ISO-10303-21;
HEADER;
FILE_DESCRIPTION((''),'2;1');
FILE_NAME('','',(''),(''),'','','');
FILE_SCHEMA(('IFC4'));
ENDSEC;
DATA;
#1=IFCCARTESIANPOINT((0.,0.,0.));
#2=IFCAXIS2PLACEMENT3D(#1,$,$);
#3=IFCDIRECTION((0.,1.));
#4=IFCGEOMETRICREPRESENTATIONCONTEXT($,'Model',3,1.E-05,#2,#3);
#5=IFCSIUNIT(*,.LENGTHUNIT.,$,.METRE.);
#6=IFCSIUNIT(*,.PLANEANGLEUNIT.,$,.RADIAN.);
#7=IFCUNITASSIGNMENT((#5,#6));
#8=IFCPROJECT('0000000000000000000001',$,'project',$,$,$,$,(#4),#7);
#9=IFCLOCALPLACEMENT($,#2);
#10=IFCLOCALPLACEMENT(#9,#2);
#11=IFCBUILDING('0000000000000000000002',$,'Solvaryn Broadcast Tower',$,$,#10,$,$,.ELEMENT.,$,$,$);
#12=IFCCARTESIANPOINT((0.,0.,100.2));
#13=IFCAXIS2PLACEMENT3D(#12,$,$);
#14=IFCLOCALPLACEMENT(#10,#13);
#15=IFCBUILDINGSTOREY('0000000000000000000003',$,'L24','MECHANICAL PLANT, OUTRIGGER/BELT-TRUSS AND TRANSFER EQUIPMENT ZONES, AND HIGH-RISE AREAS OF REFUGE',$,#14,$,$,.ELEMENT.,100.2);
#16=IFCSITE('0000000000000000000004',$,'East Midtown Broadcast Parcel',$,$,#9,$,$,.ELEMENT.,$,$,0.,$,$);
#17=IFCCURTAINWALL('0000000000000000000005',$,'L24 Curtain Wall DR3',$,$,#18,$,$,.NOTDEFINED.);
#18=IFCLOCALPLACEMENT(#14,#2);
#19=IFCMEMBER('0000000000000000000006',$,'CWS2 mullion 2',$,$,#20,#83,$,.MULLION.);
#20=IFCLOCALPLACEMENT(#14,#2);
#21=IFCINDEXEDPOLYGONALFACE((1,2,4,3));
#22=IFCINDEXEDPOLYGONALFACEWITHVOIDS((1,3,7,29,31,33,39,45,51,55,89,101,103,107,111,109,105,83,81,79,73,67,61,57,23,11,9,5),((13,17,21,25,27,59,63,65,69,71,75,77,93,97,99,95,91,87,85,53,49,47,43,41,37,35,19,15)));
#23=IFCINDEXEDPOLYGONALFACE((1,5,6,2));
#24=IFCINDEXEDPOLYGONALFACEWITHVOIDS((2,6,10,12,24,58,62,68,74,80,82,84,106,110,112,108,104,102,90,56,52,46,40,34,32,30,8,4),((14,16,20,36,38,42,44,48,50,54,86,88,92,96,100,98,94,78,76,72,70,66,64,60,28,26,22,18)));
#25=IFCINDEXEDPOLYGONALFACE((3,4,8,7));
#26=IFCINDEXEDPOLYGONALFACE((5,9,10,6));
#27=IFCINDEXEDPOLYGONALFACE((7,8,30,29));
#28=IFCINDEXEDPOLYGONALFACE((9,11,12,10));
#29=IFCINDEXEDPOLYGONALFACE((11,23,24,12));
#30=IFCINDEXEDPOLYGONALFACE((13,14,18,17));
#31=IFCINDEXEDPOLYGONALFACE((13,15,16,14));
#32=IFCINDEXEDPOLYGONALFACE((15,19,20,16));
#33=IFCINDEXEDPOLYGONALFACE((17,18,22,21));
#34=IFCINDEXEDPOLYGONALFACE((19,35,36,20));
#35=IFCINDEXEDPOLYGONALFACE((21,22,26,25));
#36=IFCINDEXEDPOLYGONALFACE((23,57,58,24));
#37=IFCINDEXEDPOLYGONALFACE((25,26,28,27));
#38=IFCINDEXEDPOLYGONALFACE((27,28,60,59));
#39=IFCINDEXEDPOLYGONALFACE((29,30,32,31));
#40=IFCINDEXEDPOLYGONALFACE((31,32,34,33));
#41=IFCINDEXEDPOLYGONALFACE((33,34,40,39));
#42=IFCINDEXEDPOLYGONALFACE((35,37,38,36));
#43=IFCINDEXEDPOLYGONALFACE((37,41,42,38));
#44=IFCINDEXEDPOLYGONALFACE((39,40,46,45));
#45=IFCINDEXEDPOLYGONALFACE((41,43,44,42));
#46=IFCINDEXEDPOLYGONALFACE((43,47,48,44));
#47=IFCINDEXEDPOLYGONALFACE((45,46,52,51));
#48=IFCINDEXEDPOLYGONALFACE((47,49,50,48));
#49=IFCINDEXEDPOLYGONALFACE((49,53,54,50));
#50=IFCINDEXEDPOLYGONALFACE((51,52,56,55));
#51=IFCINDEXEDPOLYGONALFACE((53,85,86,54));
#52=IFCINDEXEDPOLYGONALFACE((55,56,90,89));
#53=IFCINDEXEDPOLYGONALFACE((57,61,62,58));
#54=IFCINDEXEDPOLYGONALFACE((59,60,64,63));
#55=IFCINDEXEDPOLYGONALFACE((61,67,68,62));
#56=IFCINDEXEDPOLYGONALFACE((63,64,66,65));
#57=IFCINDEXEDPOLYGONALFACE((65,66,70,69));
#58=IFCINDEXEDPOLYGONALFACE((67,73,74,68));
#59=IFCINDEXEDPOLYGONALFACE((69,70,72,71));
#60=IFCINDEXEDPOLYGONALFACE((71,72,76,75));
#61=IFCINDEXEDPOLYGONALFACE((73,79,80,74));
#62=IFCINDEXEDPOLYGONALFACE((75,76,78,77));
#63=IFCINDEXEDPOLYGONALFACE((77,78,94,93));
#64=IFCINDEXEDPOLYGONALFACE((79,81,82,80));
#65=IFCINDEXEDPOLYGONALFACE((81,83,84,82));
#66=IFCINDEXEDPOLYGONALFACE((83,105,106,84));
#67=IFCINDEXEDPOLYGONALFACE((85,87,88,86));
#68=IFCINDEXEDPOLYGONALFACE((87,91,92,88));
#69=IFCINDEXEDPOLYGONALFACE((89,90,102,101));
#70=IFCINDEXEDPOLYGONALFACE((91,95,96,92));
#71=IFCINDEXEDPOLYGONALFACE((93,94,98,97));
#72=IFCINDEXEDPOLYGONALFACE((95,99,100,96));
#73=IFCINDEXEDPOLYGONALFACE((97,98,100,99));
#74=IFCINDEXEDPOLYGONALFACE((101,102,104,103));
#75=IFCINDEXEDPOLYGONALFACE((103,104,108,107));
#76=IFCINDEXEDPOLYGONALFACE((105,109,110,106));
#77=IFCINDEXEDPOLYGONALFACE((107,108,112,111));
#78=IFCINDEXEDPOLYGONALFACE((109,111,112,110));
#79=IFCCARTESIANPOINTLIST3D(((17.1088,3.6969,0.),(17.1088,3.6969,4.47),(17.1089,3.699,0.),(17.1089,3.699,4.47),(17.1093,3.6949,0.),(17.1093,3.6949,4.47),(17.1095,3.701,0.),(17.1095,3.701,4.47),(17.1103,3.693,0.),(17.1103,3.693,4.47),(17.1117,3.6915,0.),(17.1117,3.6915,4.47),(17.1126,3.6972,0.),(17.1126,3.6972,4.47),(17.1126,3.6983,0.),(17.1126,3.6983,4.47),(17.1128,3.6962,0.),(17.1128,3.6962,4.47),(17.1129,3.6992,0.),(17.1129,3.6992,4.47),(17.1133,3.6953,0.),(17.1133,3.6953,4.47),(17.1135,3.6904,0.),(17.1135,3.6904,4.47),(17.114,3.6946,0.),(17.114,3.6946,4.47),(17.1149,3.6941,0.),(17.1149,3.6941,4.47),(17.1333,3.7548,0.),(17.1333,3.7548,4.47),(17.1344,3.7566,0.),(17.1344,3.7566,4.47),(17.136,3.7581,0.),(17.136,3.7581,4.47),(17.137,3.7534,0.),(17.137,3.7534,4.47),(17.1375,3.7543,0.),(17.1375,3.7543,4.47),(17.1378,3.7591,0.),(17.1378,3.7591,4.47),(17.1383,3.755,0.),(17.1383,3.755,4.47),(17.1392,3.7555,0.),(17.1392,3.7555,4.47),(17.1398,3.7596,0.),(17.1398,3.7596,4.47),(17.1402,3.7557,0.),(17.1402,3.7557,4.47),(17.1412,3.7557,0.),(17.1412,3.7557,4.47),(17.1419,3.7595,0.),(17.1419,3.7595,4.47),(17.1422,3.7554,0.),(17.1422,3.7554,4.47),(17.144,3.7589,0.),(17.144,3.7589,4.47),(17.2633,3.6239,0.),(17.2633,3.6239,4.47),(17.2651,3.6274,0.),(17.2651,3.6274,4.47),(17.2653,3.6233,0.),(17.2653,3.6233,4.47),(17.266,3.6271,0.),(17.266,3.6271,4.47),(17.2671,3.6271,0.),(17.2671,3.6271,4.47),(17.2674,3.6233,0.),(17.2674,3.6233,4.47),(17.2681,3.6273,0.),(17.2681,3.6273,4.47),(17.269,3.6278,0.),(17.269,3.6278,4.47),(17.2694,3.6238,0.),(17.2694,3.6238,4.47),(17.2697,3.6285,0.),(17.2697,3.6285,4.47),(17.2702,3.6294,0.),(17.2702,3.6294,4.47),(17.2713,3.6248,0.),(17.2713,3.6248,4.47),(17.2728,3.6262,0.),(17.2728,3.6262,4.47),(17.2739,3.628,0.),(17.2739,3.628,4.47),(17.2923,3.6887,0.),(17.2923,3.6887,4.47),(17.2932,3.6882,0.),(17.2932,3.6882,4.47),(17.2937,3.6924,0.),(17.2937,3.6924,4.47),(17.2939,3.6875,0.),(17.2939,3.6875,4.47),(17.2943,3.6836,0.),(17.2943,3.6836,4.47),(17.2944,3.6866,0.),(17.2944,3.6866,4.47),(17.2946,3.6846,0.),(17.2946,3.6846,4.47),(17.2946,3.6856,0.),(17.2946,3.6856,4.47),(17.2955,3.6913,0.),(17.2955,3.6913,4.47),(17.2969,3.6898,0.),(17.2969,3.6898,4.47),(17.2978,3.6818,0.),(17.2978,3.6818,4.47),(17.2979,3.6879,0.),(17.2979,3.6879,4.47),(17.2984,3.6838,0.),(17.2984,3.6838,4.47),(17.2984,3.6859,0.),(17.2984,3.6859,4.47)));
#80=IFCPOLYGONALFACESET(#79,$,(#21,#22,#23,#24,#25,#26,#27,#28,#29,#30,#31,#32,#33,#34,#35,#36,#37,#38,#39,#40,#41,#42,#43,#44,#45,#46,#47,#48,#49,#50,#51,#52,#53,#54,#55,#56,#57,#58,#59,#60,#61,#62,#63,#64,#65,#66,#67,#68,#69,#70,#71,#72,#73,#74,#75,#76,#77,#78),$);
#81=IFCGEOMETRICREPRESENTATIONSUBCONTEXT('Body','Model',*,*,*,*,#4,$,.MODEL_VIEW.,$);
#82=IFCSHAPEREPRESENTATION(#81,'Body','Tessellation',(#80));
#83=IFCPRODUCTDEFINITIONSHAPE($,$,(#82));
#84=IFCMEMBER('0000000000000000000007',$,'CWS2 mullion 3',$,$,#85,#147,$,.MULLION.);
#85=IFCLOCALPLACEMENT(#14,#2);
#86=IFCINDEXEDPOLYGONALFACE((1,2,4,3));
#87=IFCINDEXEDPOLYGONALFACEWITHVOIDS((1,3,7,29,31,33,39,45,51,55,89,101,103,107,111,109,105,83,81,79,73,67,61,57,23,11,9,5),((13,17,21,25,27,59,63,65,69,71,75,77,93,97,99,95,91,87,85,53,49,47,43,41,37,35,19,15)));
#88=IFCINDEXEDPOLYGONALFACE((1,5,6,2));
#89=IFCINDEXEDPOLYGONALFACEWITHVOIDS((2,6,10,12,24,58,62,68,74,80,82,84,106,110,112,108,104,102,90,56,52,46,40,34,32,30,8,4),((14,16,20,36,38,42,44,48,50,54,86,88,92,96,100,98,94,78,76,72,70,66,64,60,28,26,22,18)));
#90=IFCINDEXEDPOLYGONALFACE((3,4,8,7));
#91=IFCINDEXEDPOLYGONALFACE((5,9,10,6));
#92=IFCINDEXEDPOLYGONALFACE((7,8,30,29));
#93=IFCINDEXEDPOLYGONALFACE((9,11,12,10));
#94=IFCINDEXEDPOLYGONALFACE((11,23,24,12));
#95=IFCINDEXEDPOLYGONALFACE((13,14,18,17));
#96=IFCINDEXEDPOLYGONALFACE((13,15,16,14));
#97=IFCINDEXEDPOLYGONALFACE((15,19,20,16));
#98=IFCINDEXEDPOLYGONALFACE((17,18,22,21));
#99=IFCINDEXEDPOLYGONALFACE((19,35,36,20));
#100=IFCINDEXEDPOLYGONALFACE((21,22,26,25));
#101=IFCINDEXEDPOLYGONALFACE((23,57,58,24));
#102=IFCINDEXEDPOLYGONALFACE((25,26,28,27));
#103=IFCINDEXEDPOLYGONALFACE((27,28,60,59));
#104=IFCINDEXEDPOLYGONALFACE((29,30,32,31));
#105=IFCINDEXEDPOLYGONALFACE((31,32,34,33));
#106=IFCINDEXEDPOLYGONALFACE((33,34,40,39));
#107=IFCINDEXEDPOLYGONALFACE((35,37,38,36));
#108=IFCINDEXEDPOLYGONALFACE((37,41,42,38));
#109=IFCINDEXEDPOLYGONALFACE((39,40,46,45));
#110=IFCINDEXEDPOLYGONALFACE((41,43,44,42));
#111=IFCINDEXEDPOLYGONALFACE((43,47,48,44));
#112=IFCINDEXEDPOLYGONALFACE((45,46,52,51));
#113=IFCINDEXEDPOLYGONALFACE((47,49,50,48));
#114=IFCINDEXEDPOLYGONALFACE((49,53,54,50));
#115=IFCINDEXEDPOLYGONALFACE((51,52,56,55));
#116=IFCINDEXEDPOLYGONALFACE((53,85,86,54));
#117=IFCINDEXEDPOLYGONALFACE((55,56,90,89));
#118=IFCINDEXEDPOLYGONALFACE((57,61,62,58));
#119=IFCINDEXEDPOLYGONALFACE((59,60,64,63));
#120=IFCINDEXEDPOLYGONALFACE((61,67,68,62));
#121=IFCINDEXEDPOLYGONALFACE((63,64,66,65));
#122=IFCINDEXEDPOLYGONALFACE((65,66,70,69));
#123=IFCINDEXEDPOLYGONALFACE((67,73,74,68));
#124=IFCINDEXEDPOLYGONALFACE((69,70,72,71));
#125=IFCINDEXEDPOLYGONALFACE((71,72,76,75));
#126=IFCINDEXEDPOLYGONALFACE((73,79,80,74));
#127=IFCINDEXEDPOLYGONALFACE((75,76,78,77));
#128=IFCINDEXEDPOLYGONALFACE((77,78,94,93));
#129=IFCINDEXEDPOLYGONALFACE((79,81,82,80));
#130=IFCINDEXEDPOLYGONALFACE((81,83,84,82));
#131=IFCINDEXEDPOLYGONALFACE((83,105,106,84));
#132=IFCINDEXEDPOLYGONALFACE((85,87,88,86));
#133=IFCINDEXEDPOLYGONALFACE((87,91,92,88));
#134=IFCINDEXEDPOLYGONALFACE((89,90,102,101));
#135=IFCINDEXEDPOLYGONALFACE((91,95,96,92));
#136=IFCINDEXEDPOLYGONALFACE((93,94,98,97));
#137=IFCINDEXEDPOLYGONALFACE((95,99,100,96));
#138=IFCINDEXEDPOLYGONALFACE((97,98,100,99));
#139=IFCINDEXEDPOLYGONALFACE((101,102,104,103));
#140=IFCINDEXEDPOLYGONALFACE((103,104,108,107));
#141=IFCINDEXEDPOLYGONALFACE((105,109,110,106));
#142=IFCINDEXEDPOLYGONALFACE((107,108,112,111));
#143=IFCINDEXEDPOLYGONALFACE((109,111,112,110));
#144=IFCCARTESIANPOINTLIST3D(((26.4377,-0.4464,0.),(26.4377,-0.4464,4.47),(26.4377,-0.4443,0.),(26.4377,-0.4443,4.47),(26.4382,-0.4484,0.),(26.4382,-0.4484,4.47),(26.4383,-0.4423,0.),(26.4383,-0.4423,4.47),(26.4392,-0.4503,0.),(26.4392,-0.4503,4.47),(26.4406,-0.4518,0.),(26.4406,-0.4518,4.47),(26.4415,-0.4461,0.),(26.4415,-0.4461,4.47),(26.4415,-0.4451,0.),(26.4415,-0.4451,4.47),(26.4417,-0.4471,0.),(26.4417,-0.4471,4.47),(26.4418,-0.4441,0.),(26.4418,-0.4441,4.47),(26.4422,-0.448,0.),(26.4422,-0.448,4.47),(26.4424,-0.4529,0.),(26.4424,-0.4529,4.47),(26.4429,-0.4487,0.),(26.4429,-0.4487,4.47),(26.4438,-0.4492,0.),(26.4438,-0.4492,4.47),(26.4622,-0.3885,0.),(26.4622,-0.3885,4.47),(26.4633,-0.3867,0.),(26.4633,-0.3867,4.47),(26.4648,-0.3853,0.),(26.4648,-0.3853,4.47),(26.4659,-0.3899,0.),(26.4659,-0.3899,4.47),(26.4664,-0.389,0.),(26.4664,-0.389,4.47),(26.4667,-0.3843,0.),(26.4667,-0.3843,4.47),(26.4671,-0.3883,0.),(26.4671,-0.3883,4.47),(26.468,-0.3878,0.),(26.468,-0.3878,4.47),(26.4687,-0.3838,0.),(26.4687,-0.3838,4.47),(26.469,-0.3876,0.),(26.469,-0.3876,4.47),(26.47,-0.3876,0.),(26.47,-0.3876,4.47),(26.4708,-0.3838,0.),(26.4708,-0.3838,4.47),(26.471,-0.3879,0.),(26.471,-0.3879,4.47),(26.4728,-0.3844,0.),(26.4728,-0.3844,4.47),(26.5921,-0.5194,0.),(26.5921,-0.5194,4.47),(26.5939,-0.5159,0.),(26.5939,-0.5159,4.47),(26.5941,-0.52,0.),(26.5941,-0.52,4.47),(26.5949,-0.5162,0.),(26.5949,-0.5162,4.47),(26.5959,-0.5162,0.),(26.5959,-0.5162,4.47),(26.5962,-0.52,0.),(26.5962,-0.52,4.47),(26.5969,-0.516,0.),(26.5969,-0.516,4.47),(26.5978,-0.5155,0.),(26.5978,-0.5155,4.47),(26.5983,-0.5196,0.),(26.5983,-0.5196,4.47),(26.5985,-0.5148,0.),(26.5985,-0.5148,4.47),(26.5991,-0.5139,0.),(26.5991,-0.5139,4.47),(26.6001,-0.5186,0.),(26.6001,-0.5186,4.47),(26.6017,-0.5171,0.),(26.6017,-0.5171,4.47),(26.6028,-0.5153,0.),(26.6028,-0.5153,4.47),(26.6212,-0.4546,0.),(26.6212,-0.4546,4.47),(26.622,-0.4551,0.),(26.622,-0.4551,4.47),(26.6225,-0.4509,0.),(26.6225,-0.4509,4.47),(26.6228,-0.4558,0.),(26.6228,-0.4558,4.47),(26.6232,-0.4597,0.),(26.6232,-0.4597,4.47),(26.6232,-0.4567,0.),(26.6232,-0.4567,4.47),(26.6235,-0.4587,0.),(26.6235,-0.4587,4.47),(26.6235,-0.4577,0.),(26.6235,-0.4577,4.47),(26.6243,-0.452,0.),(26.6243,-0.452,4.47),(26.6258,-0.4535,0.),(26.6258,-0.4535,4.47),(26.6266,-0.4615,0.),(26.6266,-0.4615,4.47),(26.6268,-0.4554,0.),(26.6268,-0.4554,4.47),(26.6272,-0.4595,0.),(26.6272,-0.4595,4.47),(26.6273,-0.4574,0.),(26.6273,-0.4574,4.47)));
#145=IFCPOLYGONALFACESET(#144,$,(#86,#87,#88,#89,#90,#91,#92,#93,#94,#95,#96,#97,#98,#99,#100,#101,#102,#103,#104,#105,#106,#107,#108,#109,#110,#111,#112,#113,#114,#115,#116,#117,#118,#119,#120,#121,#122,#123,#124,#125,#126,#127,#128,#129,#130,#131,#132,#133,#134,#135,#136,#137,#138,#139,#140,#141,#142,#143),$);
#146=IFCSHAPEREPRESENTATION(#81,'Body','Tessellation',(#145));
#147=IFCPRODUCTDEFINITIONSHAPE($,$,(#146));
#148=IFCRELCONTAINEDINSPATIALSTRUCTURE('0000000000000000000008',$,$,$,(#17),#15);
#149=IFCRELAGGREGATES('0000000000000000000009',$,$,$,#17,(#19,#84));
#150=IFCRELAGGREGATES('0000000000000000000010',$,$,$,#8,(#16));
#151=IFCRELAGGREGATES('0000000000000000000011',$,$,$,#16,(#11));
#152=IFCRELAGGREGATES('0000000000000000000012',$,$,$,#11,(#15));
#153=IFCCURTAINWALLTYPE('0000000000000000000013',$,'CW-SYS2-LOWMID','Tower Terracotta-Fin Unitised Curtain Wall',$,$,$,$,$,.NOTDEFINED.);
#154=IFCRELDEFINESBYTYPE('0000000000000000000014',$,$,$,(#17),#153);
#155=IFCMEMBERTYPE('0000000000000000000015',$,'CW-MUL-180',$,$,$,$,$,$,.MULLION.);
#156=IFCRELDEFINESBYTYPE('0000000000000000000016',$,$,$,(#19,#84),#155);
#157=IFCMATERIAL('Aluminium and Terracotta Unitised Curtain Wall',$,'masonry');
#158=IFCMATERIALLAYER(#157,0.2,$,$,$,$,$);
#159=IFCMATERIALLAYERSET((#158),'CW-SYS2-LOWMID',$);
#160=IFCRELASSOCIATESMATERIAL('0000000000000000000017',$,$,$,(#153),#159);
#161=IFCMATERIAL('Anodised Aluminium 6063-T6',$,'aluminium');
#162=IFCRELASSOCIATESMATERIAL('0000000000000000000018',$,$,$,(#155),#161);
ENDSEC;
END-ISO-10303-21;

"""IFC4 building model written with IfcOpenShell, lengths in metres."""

from ifc_helpers import new_model, si_unit, direction, frame, origin, origin_2d, place, context, subcontext, project, spatial, hollow_rectangle, extrude, material, layer, layer_set, material_profile, profile_set, type_object, element, aggregate, save


model = new_model("IFC4")

# Units and contexts
model_context = context("Model", 3, precision=1e-05, world=origin(), true_north=direction((0.0, 1.0)))
body_context = subcontext(model_context, "Body", "Model", "MODEL_VIEW")
ifc_project = project(units=[si_unit("LENGTHUNIT", "METRE"), si_unit("PLANEANGLEUNIT", "RADIAN")], contexts=[model_context])

# Site, building, storey
site_placement = place(None, origin())
site = spatial("IfcSite", under=ifc_project, at=site_placement, Name="East Midtown Broadcast Parcel", CompositionType="ELEMENT", RefElevation=0.0)
building_placement = place(site_placement, origin())
building = spatial("IfcBuilding", under=site, at=building_placement, Name="Solvaryn Broadcast Tower", CompositionType="ELEMENT")
storey_placement = place(building_placement, frame((0.0, 0.0, 100.2)))
storey = spatial("IfcBuildingStorey", under=building, at=storey_placement, Name="L24", Description="MECHANICAL PLANT, OUTRIGGER/BELT-TRUSS AND TRANSFER EQUIPMENT ZONES, AND HIGH-RISE AREAS OF REFUGE", CompositionType="ELEMENT", Elevation=100.2)

# Curtain wall, members
ifc_material_1 = material(Name="Aluminium and Terracotta Unitised Curtain Wall", Category="masonry")
ifc_layer_1 = layer(ifc_material_1, 0.2)
ifc_layer_set_1 = layer_set([ifc_layer_1], Name="CW-SYS2-LOWMID")
curtain_wall_type = type_object("IfcCurtainWallType", Name="CW-SYS2-LOWMID", Description="Tower Terracotta-Fin Unitised Curtain Wall", PredefinedType="NOTDEFINED", material=ifc_layer_set_1)
curtain_wall_1_placement = place(storey_placement, origin())
curtain_wall_1 = element("IfcCurtainWall", 1, at=curtain_wall_1_placement, inside=storey, type_object=curtain_wall_type, Name="L24 Curtain Wall DR3", PredefinedType="NOTDEFINED")
ifc_material_2 = material(Name="Anodised Aluminium 6063-T6", Category="aluminium")
ifc_material_profile_1 = material_profile(ifc_material_2, hollow_rectangle(XDim=0.075, YDim=0.1799, WallThickness=0.0039, InnerFilletRadius=0.0039, OuterFilletRadius=0.0081, at=origin_2d()))
ifc_profile_set_1 = profile_set([ifc_material_profile_1], Name="Anodised Aluminium 6063-T6")
member_type_1 = type_object("IfcMemberType", Name="CW-MUL-180", PredefinedType="MULLION", material=ifc_profile_set_1)
member_1_placement = place(storey_placement, frame((17.2036, 3.6914, 0.0), z_axis=(0.0, 0.0, 1.0), x_axis=(0.405898, 0.913918, 0.0)))
member_1 = element("IfcMember", 2, at=member_1_placement, type_object=member_type_1, Name="CWS2 mullion 2", PredefinedType="MULLION", context=body_context, shape_type="SweptSolid", body=[
    extrude(hollow_rectangle(XDim=0.075, YDim=0.1799, WallThickness=0.0039, InnerFilletRadius=0.0039, OuterFilletRadius=0.0081, at=origin_2d()), origin(), (0.0, 0.0, 1.0), 4.47),
])
member_2_placement = place(storey_placement, frame((26.5325, -0.4519, 0.0), z_axis=(0.0, 0.0, 1.0), x_axis=(0.405898, 0.913918, 0.0)))
member_2 = element("IfcMember", 3, at=member_2_placement, type_object=member_type_1, Name="CWS2 mullion 3", PredefinedType="MULLION", context=body_context, shape_type="SweptSolid", body=[
    extrude(hollow_rectangle(XDim=0.075, YDim=0.1799, WallThickness=0.0039, InnerFilletRadius=0.0039, OuterFilletRadius=0.0081, at=origin_2d()), origin(), (0.0, 0.0, 1.0), 4.47),
])

aggregate(curtain_wall_1, [member_1, member_2])

save(model, "model.ifc")
